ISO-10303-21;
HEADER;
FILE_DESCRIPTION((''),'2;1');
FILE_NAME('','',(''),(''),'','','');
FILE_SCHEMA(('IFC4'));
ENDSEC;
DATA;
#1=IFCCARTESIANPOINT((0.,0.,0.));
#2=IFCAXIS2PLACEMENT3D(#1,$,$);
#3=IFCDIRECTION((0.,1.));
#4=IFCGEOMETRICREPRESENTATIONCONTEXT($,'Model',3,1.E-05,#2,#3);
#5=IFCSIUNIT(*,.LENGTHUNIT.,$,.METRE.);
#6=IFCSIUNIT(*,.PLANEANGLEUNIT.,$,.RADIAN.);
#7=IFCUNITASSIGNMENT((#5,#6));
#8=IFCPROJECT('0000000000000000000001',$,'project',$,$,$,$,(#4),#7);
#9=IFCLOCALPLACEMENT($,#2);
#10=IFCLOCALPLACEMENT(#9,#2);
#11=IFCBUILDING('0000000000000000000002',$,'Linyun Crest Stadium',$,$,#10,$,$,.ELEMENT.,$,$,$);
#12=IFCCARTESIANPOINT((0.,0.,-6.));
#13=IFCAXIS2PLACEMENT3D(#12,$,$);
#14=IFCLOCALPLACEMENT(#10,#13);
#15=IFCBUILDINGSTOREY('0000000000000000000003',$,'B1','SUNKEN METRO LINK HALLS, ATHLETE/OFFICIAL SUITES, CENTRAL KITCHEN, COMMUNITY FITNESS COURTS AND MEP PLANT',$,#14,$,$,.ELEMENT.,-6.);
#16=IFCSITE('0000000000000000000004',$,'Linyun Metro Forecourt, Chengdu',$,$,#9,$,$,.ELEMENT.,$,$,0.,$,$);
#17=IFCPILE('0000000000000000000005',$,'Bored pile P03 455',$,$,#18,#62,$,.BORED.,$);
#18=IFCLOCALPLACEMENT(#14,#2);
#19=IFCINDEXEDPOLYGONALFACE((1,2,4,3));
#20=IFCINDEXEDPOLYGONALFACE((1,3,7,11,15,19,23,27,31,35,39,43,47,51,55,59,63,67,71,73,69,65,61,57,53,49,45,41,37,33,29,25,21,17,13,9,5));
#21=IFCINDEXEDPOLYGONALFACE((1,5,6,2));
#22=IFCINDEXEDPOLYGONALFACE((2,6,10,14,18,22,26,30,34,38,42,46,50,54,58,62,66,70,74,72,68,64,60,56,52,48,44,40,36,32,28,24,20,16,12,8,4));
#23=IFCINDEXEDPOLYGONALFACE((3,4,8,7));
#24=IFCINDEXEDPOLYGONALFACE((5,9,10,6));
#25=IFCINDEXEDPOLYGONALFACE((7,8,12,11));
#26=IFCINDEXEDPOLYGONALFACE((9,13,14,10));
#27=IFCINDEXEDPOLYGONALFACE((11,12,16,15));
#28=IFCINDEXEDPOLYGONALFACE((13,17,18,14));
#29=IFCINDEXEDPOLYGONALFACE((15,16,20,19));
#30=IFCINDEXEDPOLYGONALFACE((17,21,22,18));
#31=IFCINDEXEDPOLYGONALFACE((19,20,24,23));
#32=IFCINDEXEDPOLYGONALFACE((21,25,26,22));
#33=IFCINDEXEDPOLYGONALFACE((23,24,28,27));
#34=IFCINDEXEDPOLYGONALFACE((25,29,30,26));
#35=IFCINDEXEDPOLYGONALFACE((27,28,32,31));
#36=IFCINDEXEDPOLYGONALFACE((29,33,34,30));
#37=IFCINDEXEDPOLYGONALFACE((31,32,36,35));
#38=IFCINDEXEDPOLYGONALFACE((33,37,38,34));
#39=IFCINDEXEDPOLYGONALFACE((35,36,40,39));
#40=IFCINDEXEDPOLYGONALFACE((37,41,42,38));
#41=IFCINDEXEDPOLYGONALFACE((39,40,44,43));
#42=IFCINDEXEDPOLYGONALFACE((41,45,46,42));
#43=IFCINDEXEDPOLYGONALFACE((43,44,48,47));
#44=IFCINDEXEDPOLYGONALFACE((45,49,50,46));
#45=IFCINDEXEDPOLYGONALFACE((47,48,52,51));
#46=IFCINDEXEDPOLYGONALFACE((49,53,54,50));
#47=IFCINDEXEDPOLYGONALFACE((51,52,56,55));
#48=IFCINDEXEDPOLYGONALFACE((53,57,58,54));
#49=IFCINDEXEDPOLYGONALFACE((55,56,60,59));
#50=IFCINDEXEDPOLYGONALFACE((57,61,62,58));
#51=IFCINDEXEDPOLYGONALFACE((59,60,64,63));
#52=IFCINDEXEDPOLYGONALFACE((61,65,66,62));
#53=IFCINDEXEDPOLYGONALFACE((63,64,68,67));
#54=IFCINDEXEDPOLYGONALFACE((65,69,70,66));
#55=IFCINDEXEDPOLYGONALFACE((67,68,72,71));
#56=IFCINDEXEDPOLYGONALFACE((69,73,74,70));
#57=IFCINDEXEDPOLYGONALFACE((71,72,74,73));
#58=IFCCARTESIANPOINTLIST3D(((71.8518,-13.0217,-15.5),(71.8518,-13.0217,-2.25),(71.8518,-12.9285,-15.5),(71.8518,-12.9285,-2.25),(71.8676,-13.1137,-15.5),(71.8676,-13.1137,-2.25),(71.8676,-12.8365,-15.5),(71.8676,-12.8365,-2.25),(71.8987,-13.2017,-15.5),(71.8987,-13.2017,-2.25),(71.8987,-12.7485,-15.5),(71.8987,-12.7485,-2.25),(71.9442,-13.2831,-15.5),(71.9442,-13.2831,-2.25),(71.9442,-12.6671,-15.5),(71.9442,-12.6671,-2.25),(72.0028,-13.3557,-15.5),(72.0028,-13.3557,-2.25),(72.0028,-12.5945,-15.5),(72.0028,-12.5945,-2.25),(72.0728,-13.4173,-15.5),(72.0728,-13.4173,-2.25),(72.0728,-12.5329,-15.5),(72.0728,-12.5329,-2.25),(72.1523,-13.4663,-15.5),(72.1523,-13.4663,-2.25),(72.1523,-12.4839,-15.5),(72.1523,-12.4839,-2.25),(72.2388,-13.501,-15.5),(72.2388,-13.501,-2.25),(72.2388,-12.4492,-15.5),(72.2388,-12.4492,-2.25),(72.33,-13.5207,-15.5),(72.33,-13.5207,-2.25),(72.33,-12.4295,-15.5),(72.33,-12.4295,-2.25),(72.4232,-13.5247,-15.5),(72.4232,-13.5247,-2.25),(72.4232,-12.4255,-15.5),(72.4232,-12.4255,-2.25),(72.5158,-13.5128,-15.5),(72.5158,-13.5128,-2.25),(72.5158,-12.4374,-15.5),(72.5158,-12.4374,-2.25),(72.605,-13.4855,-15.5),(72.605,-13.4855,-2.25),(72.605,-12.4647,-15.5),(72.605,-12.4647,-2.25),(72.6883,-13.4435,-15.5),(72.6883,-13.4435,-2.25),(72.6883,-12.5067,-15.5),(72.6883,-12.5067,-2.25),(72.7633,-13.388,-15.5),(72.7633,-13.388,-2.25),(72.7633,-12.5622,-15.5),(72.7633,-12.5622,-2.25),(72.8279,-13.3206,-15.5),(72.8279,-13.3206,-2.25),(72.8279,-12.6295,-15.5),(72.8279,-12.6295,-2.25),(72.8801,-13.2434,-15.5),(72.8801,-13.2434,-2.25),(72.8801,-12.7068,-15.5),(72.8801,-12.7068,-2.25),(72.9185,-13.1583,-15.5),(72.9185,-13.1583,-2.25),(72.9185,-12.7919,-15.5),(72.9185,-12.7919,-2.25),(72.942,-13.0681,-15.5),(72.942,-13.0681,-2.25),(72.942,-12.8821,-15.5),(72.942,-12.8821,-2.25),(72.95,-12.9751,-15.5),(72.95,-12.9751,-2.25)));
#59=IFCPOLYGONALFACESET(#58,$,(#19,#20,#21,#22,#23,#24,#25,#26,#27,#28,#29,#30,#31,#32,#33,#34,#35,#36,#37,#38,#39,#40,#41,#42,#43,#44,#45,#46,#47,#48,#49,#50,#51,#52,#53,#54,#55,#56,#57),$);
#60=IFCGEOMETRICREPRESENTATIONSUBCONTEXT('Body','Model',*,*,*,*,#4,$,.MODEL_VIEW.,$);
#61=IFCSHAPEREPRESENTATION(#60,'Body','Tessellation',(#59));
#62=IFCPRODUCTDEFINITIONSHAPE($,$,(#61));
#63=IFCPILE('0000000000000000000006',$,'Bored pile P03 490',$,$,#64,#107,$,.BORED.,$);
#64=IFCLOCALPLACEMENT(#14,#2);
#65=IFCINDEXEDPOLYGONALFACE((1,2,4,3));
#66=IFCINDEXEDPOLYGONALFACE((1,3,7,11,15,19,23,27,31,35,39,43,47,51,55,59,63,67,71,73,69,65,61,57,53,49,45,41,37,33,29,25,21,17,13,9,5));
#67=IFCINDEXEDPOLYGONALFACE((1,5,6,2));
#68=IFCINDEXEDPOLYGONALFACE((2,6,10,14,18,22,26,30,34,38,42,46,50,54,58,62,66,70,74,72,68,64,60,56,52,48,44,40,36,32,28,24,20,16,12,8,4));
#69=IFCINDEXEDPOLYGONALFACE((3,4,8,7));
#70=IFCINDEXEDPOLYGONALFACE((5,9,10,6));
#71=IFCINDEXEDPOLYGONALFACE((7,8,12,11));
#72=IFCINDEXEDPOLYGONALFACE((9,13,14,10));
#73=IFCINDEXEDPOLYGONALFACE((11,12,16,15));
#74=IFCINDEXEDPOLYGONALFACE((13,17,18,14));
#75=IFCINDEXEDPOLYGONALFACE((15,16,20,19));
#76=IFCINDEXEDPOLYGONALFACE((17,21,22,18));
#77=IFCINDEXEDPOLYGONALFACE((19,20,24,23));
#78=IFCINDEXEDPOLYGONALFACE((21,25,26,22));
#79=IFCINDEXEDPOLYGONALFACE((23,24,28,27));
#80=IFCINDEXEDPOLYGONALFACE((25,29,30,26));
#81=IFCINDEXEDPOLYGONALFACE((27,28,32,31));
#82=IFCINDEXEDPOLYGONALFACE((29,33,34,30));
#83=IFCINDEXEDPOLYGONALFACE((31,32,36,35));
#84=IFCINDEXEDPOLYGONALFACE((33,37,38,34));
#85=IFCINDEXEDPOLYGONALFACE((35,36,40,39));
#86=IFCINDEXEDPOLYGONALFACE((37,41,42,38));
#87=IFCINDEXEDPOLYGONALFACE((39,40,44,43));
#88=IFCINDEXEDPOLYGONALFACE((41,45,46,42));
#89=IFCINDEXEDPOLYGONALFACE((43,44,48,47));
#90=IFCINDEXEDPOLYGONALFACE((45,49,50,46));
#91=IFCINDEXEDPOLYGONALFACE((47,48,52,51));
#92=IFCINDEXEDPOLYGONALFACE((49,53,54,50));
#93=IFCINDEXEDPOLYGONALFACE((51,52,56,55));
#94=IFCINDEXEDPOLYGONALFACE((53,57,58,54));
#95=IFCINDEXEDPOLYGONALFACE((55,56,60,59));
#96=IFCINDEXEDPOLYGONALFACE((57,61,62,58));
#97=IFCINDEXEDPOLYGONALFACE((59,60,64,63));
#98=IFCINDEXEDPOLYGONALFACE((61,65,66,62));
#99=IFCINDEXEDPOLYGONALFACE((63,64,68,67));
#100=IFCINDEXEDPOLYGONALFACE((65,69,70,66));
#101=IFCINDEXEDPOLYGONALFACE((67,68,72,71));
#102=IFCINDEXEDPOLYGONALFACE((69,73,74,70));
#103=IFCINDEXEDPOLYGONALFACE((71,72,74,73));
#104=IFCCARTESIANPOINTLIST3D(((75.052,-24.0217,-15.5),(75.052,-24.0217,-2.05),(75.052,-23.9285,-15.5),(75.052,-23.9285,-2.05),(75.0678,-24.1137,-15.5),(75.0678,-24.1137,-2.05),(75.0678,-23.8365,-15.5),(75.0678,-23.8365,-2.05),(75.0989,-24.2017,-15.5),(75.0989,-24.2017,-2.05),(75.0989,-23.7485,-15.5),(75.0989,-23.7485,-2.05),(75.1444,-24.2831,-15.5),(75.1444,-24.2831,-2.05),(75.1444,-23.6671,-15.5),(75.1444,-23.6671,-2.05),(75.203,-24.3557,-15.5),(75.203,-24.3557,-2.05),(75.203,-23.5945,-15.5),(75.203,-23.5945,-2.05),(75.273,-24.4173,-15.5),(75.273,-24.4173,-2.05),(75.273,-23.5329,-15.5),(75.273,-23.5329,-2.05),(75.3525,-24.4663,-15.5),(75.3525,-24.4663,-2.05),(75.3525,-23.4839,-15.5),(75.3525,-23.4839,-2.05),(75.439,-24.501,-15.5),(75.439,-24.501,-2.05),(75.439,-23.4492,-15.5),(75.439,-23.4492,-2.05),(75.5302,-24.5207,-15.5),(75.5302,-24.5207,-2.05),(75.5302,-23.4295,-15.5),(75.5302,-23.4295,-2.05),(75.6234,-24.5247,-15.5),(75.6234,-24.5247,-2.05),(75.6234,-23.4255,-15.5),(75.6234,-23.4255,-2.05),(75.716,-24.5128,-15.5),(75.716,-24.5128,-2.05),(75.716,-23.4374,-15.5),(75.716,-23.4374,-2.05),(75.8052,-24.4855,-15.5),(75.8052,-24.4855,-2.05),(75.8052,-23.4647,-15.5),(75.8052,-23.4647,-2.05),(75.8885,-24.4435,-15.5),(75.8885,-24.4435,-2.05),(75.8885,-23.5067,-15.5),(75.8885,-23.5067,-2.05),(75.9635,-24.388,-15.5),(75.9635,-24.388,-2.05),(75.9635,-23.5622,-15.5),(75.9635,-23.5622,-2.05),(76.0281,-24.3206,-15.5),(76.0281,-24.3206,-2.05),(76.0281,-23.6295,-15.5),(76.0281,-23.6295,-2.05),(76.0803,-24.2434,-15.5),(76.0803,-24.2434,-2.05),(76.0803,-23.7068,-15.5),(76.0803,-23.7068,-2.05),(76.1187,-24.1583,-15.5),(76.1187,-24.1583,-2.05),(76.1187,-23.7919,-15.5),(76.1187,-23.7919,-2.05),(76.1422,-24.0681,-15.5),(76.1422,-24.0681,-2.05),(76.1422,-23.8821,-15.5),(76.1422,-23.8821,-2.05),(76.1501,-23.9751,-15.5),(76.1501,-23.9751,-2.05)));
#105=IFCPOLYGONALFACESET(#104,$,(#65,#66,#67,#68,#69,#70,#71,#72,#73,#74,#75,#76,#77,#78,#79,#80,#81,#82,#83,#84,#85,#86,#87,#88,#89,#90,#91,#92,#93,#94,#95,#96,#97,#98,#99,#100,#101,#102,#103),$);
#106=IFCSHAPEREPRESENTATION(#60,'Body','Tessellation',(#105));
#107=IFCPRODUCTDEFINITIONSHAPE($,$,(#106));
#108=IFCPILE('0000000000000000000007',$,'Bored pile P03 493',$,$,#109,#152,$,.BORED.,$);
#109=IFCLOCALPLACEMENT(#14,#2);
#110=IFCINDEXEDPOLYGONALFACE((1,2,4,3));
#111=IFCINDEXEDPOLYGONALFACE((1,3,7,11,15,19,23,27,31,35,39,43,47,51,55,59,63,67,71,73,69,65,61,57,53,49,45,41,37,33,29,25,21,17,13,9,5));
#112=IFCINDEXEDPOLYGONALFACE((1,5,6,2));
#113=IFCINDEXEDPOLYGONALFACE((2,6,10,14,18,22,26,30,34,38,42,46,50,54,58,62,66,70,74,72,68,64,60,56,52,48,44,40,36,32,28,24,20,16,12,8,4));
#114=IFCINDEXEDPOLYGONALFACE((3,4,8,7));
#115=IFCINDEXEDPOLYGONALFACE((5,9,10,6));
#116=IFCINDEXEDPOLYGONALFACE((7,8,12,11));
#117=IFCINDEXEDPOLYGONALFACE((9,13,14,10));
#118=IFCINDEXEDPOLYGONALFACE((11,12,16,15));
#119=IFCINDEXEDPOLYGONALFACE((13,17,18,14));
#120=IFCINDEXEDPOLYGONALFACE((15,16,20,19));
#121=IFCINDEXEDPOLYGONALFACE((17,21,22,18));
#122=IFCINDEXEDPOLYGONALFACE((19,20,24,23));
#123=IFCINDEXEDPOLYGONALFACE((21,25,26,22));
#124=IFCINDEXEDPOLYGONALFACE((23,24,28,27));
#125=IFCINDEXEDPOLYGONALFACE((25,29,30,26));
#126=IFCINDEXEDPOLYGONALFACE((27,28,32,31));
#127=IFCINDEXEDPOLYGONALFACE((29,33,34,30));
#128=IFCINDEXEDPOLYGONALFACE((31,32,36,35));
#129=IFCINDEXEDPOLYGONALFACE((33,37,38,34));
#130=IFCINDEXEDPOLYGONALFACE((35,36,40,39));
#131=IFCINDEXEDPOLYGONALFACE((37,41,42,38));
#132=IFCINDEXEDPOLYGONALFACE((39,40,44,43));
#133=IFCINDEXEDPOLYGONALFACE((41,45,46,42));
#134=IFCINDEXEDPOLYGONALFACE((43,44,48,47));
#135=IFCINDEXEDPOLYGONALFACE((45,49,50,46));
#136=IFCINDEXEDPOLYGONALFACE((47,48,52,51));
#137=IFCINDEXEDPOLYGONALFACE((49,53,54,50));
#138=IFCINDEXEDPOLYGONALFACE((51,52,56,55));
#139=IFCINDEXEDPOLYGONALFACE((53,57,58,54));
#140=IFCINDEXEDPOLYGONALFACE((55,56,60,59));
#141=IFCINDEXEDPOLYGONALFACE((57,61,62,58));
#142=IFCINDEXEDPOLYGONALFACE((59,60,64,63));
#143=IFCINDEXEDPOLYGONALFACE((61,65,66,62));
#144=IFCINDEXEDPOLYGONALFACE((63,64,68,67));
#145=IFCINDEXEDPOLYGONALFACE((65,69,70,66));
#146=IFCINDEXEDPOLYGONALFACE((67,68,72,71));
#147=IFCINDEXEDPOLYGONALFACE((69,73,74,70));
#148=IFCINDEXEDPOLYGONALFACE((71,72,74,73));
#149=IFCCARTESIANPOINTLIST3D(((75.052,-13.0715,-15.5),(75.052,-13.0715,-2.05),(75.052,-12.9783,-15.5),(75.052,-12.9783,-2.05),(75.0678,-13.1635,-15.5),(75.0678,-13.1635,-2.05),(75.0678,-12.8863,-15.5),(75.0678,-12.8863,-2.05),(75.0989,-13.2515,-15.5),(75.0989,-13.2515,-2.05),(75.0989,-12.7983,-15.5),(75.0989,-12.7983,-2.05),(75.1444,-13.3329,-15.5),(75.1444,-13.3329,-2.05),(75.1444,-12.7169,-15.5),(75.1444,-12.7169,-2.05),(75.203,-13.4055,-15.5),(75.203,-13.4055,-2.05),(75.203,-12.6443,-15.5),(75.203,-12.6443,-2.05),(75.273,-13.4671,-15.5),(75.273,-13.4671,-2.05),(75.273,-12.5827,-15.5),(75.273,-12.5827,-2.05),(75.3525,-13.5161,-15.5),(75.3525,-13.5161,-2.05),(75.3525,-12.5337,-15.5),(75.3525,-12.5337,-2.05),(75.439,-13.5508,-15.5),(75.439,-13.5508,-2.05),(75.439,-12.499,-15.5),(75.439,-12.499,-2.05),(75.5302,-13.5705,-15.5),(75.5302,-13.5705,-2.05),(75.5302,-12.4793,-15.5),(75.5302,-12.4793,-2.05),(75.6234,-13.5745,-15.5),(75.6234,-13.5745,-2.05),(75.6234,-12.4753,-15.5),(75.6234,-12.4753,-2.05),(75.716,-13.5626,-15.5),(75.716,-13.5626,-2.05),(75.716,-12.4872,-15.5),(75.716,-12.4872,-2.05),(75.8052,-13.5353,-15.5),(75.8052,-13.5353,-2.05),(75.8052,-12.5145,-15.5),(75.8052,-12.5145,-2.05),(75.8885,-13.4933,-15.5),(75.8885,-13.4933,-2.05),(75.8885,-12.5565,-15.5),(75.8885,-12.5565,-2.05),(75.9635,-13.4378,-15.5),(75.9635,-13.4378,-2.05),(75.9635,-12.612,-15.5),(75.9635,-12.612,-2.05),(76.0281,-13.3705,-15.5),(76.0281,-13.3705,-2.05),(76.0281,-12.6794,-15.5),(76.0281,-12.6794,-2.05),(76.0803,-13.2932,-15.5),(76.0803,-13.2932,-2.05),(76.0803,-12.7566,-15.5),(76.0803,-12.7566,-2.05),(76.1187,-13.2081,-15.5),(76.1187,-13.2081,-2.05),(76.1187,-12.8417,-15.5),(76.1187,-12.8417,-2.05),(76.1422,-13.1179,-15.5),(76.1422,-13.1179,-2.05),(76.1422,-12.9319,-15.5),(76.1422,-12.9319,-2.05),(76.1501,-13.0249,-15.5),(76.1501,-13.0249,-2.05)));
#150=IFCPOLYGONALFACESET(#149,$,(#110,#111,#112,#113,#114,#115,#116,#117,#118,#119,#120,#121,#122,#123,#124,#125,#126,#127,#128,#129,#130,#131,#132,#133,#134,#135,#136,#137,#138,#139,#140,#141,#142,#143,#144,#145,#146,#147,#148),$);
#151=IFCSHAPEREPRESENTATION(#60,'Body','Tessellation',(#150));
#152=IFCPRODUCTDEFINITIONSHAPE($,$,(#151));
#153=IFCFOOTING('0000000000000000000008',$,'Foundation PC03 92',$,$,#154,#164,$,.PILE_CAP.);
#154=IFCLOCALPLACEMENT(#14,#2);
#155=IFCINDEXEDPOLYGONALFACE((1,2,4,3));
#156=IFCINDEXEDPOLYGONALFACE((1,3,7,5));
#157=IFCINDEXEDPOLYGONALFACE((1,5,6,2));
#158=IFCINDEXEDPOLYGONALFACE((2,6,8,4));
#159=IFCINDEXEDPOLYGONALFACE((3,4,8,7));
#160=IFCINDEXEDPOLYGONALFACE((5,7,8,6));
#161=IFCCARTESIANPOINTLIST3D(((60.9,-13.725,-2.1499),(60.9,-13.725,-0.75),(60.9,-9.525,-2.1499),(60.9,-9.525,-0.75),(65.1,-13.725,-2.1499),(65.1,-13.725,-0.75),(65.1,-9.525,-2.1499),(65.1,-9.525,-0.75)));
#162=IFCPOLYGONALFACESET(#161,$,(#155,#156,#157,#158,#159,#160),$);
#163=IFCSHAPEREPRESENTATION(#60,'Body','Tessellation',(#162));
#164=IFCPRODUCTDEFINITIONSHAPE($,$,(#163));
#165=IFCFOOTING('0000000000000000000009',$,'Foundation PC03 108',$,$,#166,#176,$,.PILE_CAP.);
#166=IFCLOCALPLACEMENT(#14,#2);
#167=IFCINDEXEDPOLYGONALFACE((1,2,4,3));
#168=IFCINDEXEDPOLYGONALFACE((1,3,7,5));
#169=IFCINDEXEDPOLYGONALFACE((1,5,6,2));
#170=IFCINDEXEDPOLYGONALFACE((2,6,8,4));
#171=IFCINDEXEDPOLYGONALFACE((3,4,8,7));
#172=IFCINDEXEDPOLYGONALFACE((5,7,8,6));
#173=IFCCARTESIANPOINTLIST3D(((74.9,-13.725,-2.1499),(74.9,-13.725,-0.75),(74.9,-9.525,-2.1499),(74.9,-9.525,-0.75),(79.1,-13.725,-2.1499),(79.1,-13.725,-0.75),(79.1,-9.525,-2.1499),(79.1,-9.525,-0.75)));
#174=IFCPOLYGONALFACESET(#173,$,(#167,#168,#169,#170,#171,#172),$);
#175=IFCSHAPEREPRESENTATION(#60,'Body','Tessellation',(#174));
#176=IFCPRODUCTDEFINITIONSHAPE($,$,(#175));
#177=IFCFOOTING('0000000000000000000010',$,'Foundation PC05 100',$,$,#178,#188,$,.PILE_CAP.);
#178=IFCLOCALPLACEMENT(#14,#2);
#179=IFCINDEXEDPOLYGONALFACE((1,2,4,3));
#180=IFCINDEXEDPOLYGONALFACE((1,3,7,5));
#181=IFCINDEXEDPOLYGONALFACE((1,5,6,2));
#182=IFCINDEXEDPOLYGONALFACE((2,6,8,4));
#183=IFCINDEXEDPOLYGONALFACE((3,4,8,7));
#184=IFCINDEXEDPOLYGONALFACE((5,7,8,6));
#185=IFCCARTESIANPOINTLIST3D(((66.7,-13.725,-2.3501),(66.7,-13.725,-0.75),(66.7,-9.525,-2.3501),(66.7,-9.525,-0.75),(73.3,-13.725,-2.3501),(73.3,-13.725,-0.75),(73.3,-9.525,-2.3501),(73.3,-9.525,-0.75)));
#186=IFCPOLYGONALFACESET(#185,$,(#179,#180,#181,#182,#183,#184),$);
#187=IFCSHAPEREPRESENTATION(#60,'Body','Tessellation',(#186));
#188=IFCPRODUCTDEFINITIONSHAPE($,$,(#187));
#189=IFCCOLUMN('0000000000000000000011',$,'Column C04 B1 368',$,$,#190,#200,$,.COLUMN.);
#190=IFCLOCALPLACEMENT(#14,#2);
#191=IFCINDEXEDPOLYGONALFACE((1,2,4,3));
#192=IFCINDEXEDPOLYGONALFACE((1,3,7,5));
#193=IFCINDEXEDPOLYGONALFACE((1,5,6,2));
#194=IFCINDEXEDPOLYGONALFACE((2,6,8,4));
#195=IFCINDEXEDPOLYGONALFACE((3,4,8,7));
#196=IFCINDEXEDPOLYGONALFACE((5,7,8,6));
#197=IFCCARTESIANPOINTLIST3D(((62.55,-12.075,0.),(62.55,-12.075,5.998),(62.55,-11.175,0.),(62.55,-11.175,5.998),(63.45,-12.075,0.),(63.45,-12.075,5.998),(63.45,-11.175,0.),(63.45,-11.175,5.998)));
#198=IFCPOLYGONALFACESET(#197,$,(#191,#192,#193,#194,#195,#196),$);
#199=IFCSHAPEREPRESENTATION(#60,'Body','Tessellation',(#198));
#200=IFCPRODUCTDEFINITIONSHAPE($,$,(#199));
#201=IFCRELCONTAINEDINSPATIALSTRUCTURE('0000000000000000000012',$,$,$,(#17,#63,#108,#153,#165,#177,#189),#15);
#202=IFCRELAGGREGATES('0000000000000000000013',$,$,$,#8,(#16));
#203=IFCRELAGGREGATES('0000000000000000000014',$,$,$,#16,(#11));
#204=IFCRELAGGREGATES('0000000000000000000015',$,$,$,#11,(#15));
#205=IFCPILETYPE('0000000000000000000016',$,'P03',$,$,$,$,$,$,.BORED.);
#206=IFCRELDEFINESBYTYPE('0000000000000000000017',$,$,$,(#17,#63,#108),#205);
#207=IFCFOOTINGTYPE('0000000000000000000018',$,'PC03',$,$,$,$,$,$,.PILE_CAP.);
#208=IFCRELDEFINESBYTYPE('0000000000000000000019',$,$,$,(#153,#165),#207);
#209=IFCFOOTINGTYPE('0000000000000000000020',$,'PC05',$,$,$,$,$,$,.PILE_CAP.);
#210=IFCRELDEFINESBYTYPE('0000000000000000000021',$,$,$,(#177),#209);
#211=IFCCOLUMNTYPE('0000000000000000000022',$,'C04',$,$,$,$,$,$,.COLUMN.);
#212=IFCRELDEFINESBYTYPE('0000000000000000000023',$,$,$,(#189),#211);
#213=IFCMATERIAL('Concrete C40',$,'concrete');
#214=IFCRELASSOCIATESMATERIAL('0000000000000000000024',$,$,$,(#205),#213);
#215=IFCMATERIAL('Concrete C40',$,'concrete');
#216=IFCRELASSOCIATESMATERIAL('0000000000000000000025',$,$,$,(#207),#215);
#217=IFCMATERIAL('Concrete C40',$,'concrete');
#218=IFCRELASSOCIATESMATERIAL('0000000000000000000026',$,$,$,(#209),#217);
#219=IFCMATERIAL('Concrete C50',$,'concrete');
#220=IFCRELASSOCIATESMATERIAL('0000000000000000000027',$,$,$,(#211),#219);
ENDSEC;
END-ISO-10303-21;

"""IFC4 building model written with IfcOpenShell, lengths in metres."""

from ifc_helpers import new_model, si_unit, direction, frame, origin, origin_2d, place, context, subcontext, project, spatial, rectangle, circle, extrude, material, material_profile, profile_set, type_object, element, save


model = new_model("IFC4")

# Units and contexts
model_context = context("Model", 3, precision=1e-05, world=origin(), true_north=direction((0.0, 1.0)))
body_context = subcontext(model_context, "Body", "Model", "MODEL_VIEW")
ifc_project = project(units=[si_unit("LENGTHUNIT", "METRE"), si_unit("PLANEANGLEUNIT", "RADIAN")], contexts=[model_context])

# Site, building, storey
site_placement = place(None, origin())
site = spatial("IfcSite", under=ifc_project, at=site_placement, Name="Linyun Metro Forecourt, Chengdu", CompositionType="ELEMENT", RefElevation=0.0)
building_placement = place(site_placement, origin())
building = spatial("IfcBuilding", under=site, at=building_placement, Name="Linyun Crest Stadium", CompositionType="ELEMENT")
storey_placement = place(building_placement, frame((0.0, 0.0, -6.0)))
storey = spatial("IfcBuildingStorey", under=building, at=storey_placement, Name="B1", Description="SUNKEN METRO LINK HALLS, ATHLETE/OFFICIAL SUITES, CENTRAL KITCHEN, COMMUNITY FITNESS COURTS AND MEP PLANT", CompositionType="ELEMENT", Elevation=-6.0)

# Piles
ifc_material_1 = material(Name="Concrete C40", Category="concrete")
ifc_material_profile_1 = material_profile(ifc_material_1, circle(Radius=0.55, at=origin_2d()), Name="BORED PILE 1100")
ifc_profile_set_1 = profile_set([ifc_material_profile_1], Name="Concrete C40")
pile_type = type_object("IfcPileType", Name="P03", PredefinedType="BORED", material=ifc_profile_set_1)
for number, where, z_axis, x_axis, name in (
    (1, (72.3999, -12.9751, -2.25), (0.0, 0.0, -1.0), (1.0, 0.0, 0.0), "Bored pile P03 455"),
):
    element("IfcPile", number, at=place(storey_placement, frame(where, z_axis=z_axis, x_axis=x_axis)), inside=storey, type_object=pile_type, Name=name, PredefinedType="BORED", context=body_context, shape_type="SweptSolid", body=[
        extrude(circle(Radius=0.55, at=origin_2d()), origin(), (0.0, 0.0, 1.0), 13.25),
    ])
for number, where, z_axis, x_axis, name in (
    (2, (75.6001, -23.9751, -2.05), (0.0, 0.0, -1.0), (1.0, 0.0, 0.0), "Bored pile P03 490"),
    (3, (75.6001, -13.0249, -2.05), (0.0, 0.0, -1.0), (1.0, 0.0, 0.0), "Bored pile P03 493"),
):
    element("IfcPile", number, at=place(storey_placement, frame(where, z_axis=z_axis, x_axis=x_axis)), inside=storey, type_object=pile_type, Name=name, PredefinedType="BORED", context=body_context, shape_type="SweptSolid", body=[
        extrude(circle(Radius=0.55, at=origin_2d()), origin(), (0.0, 0.0, 1.0), 13.45),
    ])

# Footings
ifc_material_2 = material(Name="Concrete C40", Category="concrete")
footing_type_1 = type_object("IfcFootingType", Name="PC03", PredefinedType="PILE_CAP", material=ifc_material_2)
for number, where, z_axis, x_axis, name in (
    (4, (63.0, -11.625, -2.1499), (0.0, 0.0, 1.0), (1.0, 0.0, 0.0), "Foundation PC03 92"),
    (5, (77.0, -11.625, -2.1499), (0.0, 0.0, 1.0), (1.0, 0.0, 0.0), "Foundation PC03 108"),
):
    element("IfcFooting", number, at=place(storey_placement, frame(where, z_axis=z_axis, x_axis=x_axis)), inside=storey, type_object=footing_type_1, Name=name, PredefinedType="PILE_CAP", context=body_context, shape_type="SweptSolid", body=[
        extrude(rectangle(XDim=4.2, YDim=4.2, at=origin_2d()), origin(), (0.0, 0.0, 1.0), 1.3999),
    ])
ifc_material_3 = material(Name="Concrete C40", Category="concrete")
footing_type_2 = type_object("IfcFootingType", Name="PC05", PredefinedType="PILE_CAP", material=ifc_material_3)
footing_placement = place(storey_placement, frame((70.0, -11.625, -2.3501), z_axis=(0.0, 0.0, 1.0), x_axis=(1.0, 0.0, 0.0)))
element("IfcFooting", 6, at=footing_placement, inside=storey, type_object=footing_type_2, Name="Foundation PC05 100", PredefinedType="PILE_CAP", context=body_context, shape_type="SweptSolid", body=[
    extrude(rectangle(XDim=6.6001, YDim=4.2, at=origin_2d()), origin(), (0.0, 0.0, 1.0), 1.6001),
])

# Column
ifc_material_4 = material(Name="Concrete C50", Category="concrete")
ifc_material_profile_2 = material_profile(ifc_material_4, rectangle(XDim=0.8999, YDim=0.8999, at=origin_2d()), Name="RC 900x900")
ifc_profile_set_2 = profile_set([ifc_material_profile_2], Name="Concrete C50")
column_type_1 = type_object("IfcColumnType", Name="C04", PredefinedType="COLUMN", material=ifc_profile_set_2)
for number, where, z_axis, x_axis, name in (
    (7, (63.0, -11.625, 0.0), (0.0, 0.0, 1.0), (1.0, 0.0, 0.0), "Column C04 B1 368"),
):
    element("IfcColumn", number, at=place(storey_placement, frame(where, z_axis=z_axis, x_axis=x_axis)), inside=storey, type_object=column_type_1, Name=name, PredefinedType="COLUMN", context=body_context, shape_type="SweptSolid", body=[
        extrude(rectangle(XDim=0.8999, YDim=0.8999, at=origin_2d()), origin(), (0.0, 0.0, 1.0), 5.998),
    ])

save(model, "model.ifc")
